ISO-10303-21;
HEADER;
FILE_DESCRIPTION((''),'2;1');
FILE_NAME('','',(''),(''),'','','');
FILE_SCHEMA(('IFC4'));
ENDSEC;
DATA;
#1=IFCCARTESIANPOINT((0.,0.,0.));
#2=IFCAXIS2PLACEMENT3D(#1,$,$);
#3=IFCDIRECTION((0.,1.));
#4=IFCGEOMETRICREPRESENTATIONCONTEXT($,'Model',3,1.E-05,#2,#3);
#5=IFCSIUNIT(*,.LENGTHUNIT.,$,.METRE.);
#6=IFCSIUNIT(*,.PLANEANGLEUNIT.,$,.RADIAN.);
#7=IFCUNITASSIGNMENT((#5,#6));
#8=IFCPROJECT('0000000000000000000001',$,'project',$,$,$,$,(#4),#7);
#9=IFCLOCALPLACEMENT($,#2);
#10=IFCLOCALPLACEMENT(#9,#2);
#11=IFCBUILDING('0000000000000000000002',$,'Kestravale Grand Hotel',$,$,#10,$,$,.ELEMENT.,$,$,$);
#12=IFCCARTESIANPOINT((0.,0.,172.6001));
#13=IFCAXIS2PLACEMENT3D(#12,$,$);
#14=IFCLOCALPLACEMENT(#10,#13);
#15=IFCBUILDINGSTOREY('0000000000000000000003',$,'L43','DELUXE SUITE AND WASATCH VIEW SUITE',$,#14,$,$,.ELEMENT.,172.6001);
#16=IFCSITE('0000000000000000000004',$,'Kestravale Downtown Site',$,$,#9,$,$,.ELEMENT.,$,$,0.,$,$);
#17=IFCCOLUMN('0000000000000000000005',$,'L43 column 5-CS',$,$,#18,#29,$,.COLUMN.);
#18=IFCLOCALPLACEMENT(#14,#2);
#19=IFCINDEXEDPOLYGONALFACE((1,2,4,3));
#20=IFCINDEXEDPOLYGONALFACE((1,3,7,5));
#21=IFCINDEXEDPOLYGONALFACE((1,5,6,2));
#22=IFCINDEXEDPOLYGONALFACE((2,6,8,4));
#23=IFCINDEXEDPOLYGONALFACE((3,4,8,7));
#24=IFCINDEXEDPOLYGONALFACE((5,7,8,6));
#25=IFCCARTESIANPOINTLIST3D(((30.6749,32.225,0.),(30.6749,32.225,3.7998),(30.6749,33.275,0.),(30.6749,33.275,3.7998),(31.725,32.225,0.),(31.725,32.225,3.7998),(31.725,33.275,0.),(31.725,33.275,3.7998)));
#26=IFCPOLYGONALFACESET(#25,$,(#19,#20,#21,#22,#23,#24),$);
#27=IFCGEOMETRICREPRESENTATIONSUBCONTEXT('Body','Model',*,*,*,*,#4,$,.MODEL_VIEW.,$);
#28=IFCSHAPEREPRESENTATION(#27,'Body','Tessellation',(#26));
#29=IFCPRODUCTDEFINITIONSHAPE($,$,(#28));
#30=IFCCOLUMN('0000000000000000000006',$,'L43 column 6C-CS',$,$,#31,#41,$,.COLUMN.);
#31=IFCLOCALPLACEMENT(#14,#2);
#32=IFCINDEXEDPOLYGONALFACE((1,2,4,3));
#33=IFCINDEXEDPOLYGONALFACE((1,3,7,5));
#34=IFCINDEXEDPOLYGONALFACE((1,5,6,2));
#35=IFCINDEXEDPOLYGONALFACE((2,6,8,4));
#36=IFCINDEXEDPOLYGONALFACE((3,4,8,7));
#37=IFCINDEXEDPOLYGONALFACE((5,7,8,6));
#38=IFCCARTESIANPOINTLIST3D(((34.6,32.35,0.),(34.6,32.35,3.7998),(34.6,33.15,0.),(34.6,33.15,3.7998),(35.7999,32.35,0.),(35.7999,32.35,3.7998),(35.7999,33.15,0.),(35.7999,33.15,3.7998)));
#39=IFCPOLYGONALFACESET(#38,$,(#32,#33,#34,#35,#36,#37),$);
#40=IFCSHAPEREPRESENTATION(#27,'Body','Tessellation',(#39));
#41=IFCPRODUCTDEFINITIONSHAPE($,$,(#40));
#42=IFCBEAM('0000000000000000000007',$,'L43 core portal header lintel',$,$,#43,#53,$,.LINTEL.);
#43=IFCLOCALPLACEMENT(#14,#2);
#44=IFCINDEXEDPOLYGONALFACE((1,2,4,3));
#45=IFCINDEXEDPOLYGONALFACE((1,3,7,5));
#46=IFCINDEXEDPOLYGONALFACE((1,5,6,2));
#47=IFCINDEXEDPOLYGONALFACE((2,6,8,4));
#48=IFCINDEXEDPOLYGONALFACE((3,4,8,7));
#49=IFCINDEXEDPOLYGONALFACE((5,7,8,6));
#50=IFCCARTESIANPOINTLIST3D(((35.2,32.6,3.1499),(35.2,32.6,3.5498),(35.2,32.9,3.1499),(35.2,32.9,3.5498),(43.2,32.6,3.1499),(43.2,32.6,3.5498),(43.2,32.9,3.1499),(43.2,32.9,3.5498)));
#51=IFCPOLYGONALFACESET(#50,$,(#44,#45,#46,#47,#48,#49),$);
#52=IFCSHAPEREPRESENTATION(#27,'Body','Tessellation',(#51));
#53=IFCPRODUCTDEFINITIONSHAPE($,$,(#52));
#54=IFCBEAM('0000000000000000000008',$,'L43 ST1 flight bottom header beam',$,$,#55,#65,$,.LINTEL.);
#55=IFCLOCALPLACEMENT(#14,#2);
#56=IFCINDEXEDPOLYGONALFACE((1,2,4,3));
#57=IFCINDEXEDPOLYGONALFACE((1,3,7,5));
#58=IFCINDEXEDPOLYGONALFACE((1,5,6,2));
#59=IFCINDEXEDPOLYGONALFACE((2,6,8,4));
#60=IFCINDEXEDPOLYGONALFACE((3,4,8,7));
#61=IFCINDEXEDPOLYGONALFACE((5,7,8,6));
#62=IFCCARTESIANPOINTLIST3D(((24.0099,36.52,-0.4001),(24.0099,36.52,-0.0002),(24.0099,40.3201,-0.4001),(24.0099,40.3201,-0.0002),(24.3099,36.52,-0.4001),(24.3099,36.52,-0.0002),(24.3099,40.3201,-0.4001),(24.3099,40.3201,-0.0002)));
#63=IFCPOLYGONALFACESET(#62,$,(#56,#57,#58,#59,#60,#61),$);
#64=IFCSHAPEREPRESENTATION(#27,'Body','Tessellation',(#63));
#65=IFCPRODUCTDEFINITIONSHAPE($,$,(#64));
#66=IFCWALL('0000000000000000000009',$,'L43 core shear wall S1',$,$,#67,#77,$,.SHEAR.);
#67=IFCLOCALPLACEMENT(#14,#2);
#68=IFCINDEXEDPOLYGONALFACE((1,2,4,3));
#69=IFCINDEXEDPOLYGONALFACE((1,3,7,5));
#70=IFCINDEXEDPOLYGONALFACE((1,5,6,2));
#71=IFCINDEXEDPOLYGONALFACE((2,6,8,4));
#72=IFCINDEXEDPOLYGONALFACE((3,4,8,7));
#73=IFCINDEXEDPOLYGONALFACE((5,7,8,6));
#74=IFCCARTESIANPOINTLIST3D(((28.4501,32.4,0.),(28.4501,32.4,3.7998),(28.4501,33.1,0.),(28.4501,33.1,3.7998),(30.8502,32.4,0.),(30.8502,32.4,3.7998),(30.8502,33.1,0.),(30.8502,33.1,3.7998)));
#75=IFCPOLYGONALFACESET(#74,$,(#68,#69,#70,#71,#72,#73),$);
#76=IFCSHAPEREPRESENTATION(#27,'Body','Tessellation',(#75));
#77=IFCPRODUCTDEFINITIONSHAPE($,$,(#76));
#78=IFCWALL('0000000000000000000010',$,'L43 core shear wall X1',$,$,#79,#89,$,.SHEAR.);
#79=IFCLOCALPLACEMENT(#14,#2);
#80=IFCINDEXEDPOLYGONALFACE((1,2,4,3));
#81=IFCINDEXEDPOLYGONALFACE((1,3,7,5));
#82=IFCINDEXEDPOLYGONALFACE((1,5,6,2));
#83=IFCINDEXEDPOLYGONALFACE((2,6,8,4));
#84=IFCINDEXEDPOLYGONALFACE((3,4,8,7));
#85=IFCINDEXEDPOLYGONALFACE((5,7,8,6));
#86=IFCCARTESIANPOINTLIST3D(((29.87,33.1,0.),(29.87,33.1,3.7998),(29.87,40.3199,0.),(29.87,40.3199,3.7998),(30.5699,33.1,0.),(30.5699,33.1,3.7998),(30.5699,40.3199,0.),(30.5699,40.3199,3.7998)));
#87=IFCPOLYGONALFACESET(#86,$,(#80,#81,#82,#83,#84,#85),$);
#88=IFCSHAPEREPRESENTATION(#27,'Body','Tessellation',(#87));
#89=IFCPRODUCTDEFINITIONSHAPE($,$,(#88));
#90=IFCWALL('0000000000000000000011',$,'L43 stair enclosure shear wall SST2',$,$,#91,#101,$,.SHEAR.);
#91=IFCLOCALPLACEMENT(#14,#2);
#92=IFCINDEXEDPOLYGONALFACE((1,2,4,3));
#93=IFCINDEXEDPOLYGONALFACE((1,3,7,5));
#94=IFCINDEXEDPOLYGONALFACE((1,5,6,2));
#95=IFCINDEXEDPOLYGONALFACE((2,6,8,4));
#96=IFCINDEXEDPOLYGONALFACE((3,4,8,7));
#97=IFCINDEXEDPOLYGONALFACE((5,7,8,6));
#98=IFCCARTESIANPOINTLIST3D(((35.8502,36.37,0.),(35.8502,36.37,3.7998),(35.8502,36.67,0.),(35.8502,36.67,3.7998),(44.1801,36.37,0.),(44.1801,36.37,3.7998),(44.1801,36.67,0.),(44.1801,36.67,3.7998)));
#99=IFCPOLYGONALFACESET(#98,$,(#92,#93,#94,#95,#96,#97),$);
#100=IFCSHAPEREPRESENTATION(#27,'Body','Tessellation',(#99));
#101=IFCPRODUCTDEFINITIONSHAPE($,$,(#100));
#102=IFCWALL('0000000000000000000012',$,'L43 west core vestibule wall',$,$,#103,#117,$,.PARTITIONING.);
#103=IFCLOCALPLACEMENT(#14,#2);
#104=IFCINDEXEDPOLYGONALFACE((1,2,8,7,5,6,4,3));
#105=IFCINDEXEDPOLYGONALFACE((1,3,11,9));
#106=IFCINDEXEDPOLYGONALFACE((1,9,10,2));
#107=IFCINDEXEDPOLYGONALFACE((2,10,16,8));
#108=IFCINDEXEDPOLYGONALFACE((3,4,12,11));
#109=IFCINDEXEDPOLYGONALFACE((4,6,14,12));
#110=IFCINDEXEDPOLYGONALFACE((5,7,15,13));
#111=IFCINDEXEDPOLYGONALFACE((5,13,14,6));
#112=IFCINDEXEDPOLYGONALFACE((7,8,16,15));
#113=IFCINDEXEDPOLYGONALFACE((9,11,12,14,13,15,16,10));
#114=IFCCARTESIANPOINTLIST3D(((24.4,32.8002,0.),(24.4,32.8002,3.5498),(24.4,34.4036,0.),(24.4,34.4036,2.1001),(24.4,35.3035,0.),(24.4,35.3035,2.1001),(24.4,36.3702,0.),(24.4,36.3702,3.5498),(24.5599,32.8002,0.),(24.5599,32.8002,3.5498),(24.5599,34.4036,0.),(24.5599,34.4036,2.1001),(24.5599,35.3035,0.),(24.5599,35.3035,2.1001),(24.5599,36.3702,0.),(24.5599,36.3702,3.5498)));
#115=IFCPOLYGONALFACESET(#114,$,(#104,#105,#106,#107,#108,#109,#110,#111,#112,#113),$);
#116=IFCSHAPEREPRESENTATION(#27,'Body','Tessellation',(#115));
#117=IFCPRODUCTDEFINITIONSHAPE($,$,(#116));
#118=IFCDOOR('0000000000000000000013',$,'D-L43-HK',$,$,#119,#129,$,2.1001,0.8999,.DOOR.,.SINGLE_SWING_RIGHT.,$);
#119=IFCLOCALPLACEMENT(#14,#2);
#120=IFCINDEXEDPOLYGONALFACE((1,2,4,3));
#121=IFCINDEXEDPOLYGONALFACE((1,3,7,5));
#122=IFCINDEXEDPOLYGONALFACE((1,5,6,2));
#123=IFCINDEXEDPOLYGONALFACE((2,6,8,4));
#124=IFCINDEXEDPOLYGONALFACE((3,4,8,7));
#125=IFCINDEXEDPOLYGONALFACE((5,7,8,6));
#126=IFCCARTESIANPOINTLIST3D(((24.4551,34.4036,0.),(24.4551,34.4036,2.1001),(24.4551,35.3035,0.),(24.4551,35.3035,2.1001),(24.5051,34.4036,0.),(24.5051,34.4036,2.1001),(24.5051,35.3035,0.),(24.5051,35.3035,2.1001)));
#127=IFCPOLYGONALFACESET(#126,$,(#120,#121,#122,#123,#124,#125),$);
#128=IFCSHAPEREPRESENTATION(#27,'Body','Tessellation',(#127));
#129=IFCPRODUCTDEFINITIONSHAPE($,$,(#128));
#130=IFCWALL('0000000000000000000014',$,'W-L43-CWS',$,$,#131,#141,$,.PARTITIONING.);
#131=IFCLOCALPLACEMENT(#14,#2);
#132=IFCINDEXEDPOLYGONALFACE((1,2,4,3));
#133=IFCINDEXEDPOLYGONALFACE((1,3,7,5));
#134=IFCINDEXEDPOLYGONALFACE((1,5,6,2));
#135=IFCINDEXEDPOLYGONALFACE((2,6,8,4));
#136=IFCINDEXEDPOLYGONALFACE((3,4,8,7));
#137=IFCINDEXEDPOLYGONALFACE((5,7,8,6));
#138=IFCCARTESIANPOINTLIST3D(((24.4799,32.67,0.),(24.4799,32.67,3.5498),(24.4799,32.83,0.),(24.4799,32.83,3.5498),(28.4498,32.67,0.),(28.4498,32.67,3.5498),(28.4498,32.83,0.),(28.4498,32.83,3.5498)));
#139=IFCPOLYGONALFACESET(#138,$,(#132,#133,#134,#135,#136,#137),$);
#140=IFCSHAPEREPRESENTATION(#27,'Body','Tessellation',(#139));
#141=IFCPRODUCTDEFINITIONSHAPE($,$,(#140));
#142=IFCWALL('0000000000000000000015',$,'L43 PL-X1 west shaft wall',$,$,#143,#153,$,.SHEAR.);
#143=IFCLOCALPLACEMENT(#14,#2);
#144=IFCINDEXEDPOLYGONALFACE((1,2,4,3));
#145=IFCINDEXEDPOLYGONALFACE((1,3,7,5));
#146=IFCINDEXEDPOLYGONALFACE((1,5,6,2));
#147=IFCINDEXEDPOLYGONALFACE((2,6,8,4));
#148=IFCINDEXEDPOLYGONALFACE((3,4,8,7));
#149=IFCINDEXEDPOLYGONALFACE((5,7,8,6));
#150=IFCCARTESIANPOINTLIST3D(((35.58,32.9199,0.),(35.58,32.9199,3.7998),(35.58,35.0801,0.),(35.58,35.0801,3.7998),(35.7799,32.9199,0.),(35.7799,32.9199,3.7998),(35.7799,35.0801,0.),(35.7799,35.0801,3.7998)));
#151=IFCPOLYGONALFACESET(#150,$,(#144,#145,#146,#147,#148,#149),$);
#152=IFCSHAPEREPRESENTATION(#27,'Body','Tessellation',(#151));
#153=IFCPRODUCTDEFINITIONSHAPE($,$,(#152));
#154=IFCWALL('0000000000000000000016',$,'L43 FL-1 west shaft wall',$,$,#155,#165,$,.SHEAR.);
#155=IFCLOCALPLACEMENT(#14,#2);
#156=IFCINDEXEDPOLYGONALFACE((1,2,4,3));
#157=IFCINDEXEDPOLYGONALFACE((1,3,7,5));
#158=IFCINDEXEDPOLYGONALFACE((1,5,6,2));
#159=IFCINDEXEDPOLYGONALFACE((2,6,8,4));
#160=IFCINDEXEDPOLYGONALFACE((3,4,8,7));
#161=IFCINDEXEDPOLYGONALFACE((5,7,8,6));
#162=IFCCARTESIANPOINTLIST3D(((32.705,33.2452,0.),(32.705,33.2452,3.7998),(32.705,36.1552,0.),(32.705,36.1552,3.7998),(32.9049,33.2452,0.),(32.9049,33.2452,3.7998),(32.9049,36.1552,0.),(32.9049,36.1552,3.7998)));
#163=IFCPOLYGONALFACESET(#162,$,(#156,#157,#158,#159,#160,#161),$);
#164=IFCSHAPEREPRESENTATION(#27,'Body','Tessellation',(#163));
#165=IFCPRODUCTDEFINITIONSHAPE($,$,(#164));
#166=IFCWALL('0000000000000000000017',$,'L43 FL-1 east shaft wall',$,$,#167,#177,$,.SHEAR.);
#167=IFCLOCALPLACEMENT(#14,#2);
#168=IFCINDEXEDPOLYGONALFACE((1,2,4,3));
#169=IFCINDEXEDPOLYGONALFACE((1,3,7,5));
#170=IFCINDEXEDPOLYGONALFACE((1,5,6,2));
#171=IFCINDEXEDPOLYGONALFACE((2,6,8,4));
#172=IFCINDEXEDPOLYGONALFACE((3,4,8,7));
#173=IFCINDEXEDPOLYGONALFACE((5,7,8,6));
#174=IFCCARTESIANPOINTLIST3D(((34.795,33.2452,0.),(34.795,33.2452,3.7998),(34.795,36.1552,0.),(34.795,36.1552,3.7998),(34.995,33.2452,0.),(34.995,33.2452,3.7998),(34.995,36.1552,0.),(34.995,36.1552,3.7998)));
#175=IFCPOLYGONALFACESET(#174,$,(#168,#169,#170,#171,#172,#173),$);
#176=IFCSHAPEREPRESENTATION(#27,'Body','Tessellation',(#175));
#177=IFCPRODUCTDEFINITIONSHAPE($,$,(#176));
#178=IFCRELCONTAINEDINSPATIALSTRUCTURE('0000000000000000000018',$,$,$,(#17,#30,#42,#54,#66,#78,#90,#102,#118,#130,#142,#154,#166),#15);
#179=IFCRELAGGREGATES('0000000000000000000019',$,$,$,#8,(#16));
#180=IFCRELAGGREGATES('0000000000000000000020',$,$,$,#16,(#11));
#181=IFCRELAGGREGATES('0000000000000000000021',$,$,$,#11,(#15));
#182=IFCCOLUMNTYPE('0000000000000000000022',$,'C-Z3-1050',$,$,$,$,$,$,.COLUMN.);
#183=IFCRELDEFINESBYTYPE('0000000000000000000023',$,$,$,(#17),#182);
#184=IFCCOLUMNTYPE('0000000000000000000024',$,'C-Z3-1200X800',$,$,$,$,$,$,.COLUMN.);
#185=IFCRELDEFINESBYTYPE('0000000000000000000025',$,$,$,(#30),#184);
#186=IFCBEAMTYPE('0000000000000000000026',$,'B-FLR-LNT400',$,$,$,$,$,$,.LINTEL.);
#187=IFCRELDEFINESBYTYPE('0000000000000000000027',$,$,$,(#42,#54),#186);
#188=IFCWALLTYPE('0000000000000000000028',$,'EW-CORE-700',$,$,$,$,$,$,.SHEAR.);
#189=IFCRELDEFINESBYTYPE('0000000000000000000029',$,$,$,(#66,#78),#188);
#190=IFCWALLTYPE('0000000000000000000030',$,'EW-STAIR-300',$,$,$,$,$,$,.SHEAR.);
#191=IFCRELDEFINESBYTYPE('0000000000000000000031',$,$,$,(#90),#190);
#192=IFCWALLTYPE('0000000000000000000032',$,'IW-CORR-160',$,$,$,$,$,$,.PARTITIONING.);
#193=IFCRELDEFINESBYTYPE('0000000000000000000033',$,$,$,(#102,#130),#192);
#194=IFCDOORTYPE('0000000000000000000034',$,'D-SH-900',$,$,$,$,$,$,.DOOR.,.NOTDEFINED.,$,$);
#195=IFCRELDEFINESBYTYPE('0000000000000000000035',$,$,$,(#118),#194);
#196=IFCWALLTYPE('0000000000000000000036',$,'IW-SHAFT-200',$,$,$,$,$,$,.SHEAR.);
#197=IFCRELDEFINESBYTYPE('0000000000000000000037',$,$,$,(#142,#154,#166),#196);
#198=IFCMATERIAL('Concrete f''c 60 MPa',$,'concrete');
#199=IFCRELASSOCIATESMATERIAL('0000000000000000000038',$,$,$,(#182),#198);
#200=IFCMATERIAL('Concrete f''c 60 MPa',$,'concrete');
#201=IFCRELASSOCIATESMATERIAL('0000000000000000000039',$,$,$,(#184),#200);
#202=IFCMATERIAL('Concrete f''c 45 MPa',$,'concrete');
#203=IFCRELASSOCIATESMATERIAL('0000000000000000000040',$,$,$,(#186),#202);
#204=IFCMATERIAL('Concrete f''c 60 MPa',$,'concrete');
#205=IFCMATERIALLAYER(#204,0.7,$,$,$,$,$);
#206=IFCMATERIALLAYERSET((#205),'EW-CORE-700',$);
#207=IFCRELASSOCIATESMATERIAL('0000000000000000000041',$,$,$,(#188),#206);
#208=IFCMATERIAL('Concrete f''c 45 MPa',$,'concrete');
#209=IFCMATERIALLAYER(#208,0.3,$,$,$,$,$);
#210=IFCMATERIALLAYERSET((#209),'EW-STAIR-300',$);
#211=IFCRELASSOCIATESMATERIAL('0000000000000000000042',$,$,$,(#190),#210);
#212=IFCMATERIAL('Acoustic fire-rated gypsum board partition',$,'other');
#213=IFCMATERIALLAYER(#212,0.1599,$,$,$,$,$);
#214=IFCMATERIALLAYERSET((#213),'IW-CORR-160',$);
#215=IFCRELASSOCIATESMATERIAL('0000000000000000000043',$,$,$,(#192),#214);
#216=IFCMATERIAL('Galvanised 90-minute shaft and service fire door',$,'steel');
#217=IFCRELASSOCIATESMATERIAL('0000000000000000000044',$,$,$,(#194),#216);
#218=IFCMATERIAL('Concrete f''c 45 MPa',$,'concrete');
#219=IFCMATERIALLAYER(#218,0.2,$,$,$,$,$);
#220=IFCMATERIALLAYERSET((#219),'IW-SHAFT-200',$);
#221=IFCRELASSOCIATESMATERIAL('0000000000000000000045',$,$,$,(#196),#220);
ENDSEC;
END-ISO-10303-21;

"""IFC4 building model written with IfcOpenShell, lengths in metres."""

from ifc_helpers import new_model, si_unit, direction, frame, frame_2d, origin, origin_2d, place, context, subcontext, project, spatial, rectangle, extrude, material, layer, layer_set, material_profile, profile_set, type_object, element, fill, save


model = new_model("IFC4")

# Units and contexts
model_context = context("Model", 3, precision=1e-05, world=origin(), true_north=direction((0.0, 1.0)))
body_context = subcontext(model_context, "Body", "Model", "MODEL_VIEW")
ifc_project = project(units=[si_unit("LENGTHUNIT", "METRE"), si_unit("PLANEANGLEUNIT", "RADIAN")], contexts=[model_context])

# Site, building, storey
site_placement = place(None, origin())
site = spatial("IfcSite", under=ifc_project, at=site_placement, Name="Kestravale Downtown Site", CompositionType="ELEMENT", RefElevation=0.0)
building_placement = place(site_placement, origin())
building = spatial("IfcBuilding", under=site, at=building_placement, Name="Kestravale Grand Hotel", CompositionType="ELEMENT")
storey_placement = place(building_placement, frame((0.0, 0.0, 172.6001)))
storey = spatial("IfcBuildingStorey", under=building, at=storey_placement, Name="L43", Description="DELUXE SUITE AND WASATCH VIEW SUITE", CompositionType="ELEMENT", Elevation=172.6001)

# Columns
ifc_material_1 = material(Name="Concrete f'c 60 MPa", Category="concrete")
ifc_material_profile_1 = material_profile(ifc_material_1, rectangle(XDim=1.05, YDim=1.05, at=origin_2d()))
ifc_profile_set_1 = profile_set([ifc_material_profile_1], Name="Concrete f'c 60 MPa")
column_type_1 = type_object("IfcColumnType", Name="C-Z3-1050", PredefinedType="COLUMN", material=ifc_profile_set_1)
column_1_placement = place(storey_placement, frame((31.2, 32.75, 0.0), z_axis=(0.0, 0.0, 1.0), x_axis=(1.0, 0.0, 0.0)))
element("IfcColumn", 1, at=column_1_placement, inside=storey, type_object=column_type_1, Name="L43 column 5-CS", PredefinedType="COLUMN", context=body_context, shape_type="SweptSolid", body=[
    extrude(rectangle(XDim=1.05, YDim=1.05, at=origin_2d()), origin(), (0.0, 0.0, 1.0), 3.7998),
])
ifc_material_2 = material(Name="Concrete f'c 60 MPa", Category="concrete")
ifc_material_profile_2 = material_profile(ifc_material_2, rectangle(XDim=1.2, YDim=0.8, at=origin_2d()))
ifc_profile_set_2 = profile_set([ifc_material_profile_2], Name="Concrete f'c 60 MPa")
column_type_2 = type_object("IfcColumnType", Name="C-Z3-1200X800", PredefinedType="COLUMN", material=ifc_profile_set_2)
column_2_placement = place(storey_placement, frame((35.2, 32.75, 0.0), z_axis=(0.0, 0.0, 1.0), x_axis=(1.0, 0.0, 0.0)))
element("IfcColumn", 2, at=column_2_placement, inside=storey, type_object=column_type_2, Name="L43 column 6C-CS", PredefinedType="COLUMN", context=body_context, shape_type="SweptSolid", body=[
    extrude(rectangle(XDim=1.2, YDim=0.8, at=origin_2d()), origin(), (0.0, 0.0, 1.0), 3.7998),
])

# Beams
ifc_material_3 = material(Name="Concrete f'c 45 MPa", Category="concrete")
ifc_material_profile_3 = material_profile(ifc_material_3, rectangle(XDim=0.3, YDim=0.3999, at=origin_2d()))
ifc_profile_set_3 = profile_set([ifc_material_profile_3], Name="Concrete f'c 45 MPa")
beam_type = type_object("IfcBeamType", Name="B-FLR-LNT400", PredefinedType="LINTEL", material=ifc_profile_set_3)
beam_1_placement = place(storey_placement, frame((35.2, 32.75, 3.3499), z_axis=(1.0, 0.0, 0.0), x_axis=(0.0, 1.0, 0.0)))
element("IfcBeam", 3, at=beam_1_placement, inside=storey, type_object=beam_type, Name="L43 core portal header lintel", PredefinedType="LINTEL", context=body_context, shape_type="SweptSolid", body=[
    extrude(rectangle(XDim=0.3, YDim=0.3999, at=origin_2d()), origin(), (0.0, 0.0, 1.0), 8.0),
])
beam_2_placement = place(storey_placement, frame((24.1599, 36.52, -0.2002), z_axis=(0.0, 1.0, 0.0), x_axis=(-1.0, 0.0, 0.0)))
element("IfcBeam", 4, at=beam_2_placement, inside=storey, type_object=beam_type, Name="L43 ST1 flight bottom header beam", PredefinedType="LINTEL", context=body_context, shape_type="SweptSolid", body=[
    extrude(rectangle(XDim=0.3, YDim=0.3999, at=origin_2d()), origin(), (0.0, 0.0, 1.0), 3.8),
])

# Walls
ifc_material_4 = material(Name="Concrete f'c 60 MPa", Category="concrete")
ifc_layer_1 = layer(ifc_material_4, 0.7)
ifc_layer_set_1 = layer_set([ifc_layer_1], Name="EW-CORE-700")
wall_type_1 = type_object("IfcWallType", Name="EW-CORE-700", PredefinedType="SHEAR", material=ifc_layer_set_1)
wall_1_placement = place(storey_placement, frame((28.45, 32.75, 0.0), z_axis=(0.0, 0.0, 1.0), x_axis=(1.0, 0.0, 0.0)))
element("IfcWall", 5, at=wall_1_placement, inside=storey, type_object=wall_type_1, Name="L43 core shear wall S1", PredefinedType="SHEAR", context=body_context, shape_type="SweptSolid", body=[
    extrude(rectangle(XDim=2.4001, YDim=0.7, at=frame_2d((1.2002, 0.0))), origin(), (0.0, 0.0, 1.0), 3.7998),
])
wall_2_placement = place(storey_placement, frame((30.22, 33.1001, 0.0), z_axis=(0.0, 0.0, 1.0), x_axis=(0.0, 1.0, 0.0)))
element("IfcWall", 6, at=wall_2_placement, inside=storey, type_object=wall_type_1, Name="L43 core shear wall X1", PredefinedType="SHEAR", context=body_context, shape_type="SweptSolid", body=[
    extrude(rectangle(XDim=7.22, YDim=0.7, at=frame_2d((3.6099, 0.0))), origin(), (0.0, 0.0, 1.0), 3.7998),
])

# Wall
ifc_material_5 = material(Name="Concrete f'c 45 MPa", Category="concrete")
ifc_layer_2 = layer(ifc_material_5, 0.3)
ifc_layer_set_2 = layer_set([ifc_layer_2], Name="EW-STAIR-300")
wall_type_2 = type_object("IfcWallType", Name="EW-STAIR-300", PredefinedType="SHEAR", material=ifc_layer_set_2)
wall_3_placement = place(storey_placement, frame((35.8501, 36.52, 0.0), z_axis=(0.0, 0.0, 1.0), x_axis=(1.0, 0.0, 0.0)))
element("IfcWall", 7, at=wall_3_placement, inside=storey, type_object=wall_type_2, Name="L43 stair enclosure shear wall SST2", PredefinedType="SHEAR", context=body_context, shape_type="SweptSolid", body=[
    extrude(rectangle(XDim=8.3298, YDim=0.3, at=frame_2d((4.165, 0.0))), origin(), (0.0, 0.0, 1.0), 3.7998),
])

# Wall, opening, door
ifc_material_6 = material(Name="Acoustic fire-rated gypsum board partition", Category="other")
ifc_layer_3 = layer(ifc_material_6, 0.1599)
ifc_layer_set_3 = layer_set([ifc_layer_3], Name="IW-CORR-160")
wall_type_3 = type_object("IfcWallType", Name="IW-CORR-160", PredefinedType="PARTITIONING", material=ifc_layer_set_3)
wall_4_placement = place(storey_placement, frame((24.48, 32.8, 0.0), z_axis=(0.0, 0.0, 1.0), x_axis=(0.0, 1.0, 0.0)))
wall_4 = element("IfcWall", 8, at=wall_4_placement, inside=storey, type_object=wall_type_3, Name="L43 west core vestibule wall", PredefinedType="PARTITIONING", context=body_context, shape_type="SweptSolid", body=[
    extrude(rectangle(XDim=3.5701, YDim=0.1599, at=frame_2d((1.7852, 0.0))), origin(), (0.0, 0.0, 1.0), 3.5498),
])
opening_1_placement = place(wall_4_placement, frame((1.6035, 0.0, 0.0)))
opening_1 = element("IfcOpeningElement", 9, at=opening_1_placement, cuts=wall_4, PredefinedType="OPENING", context=body_context, shape_type="SweptSolid", body=[
    extrude(rectangle(XDim=0.8999, YDim=2.1001, at=frame_2d((0.45, 1.05))), frame((0.0, 0.0898, 0.0), z_axis=(0.0, -1.0, 0.0), x_axis=(1.0, 0.0, 0.0)), (0.0, 0.0, 1.0), 0.1799),
])
ifc_material_7 = material(Name="Galvanised 90-minute shaft and service fire door", Category="steel")
door_type_1 = type_object("IfcDoorType", Name="D-SH-900", OperationType="NOTDEFINED", PredefinedType="DOOR", material=ifc_material_7)
door_1_placement = place(opening_1_placement, origin())
door_1 = element("IfcDoor", 10, at=door_1_placement, inside=storey, type_object=door_type_1, Name="D-L43-HK", OperationType="SINGLE_SWING_RIGHT", OverallHeight=2.1001, OverallWidth=0.8999, PredefinedType="DOOR", context=body_context, shape_type="SweptSolid", body=[
    extrude(rectangle(XDim=0.8999, YDim=2.1001, at=frame_2d((0.45, 1.05))), frame((0.0, 0.0249, 0.0), z_axis=(0.0, -1.0, 0.0), x_axis=(1.0, 0.0, 0.0)), (0.0, 0.0, 1.0), 0.05),
])
fill(opening_1, door_1)

# Wall
wall_5_placement = place(storey_placement, frame((24.48, 32.75, 0.0), z_axis=(0.0, 0.0, 1.0), x_axis=(1.0, 0.0, 0.0)))
element("IfcWall", 11, at=wall_5_placement, inside=storey, type_object=wall_type_3, Name="W-L43-CWS", PredefinedType="PARTITIONING", context=body_context, shape_type="SweptSolid", body=[
    extrude(rectangle(XDim=3.97, YDim=0.1599, at=frame_2d((1.9849, 0.0))), origin(), (0.0, 0.0, 1.0), 3.5498),
])

# Walls
ifc_material_8 = material(Name="Concrete f'c 45 MPa", Category="concrete")
ifc_layer_4 = layer(ifc_material_8, 0.2)
ifc_layer_set_4 = layer_set([ifc_layer_4], Name="IW-SHAFT-200")
wall_type_4 = type_object("IfcWallType", Name="IW-SHAFT-200", PredefinedType="SHEAR", material=ifc_layer_set_4)
wall_6_placement = place(storey_placement, frame((35.6799, 32.9199, 0.0), z_axis=(0.0, 0.0, 1.0), x_axis=(0.0, 1.0, 0.0)))
element("IfcWall", 12, at=wall_6_placement, inside=storey, type_object=wall_type_4, Name="L43 PL-X1 west shaft wall", PredefinedType="SHEAR", context=body_context, shape_type="SweptSolid", body=[
    extrude(rectangle(XDim=2.1602, YDim=0.2, at=frame_2d((1.0801, 0.0))), origin(), (0.0, 0.0, 1.0), 3.7998),
])
for number, where, z_axis, x_axis, name in (
    (13, (32.8049, 33.2451, 0.0), (0.0, 0.0, 1.0), (0.0, 1.0, 0.0), "L43 FL-1 west shaft wall"),
    (14, (34.895, 33.2451, 0.0), (0.0, 0.0, 1.0), (0.0, 1.0, 0.0), "L43 FL-1 east shaft wall"),
):
    element("IfcWall", number, at=place(storey_placement, frame(where, z_axis=z_axis, x_axis=x_axis)), inside=storey, type_object=wall_type_4, Name=name, PredefinedType="SHEAR", context=body_context, shape_type="SweptSolid", body=[
        extrude(rectangle(XDim=2.9099, YDim=0.2, at=frame_2d((1.4551, 0.0))), origin(), (0.0, 0.0, 1.0), 3.7998),
    ])

save(model, "model.ifc")
